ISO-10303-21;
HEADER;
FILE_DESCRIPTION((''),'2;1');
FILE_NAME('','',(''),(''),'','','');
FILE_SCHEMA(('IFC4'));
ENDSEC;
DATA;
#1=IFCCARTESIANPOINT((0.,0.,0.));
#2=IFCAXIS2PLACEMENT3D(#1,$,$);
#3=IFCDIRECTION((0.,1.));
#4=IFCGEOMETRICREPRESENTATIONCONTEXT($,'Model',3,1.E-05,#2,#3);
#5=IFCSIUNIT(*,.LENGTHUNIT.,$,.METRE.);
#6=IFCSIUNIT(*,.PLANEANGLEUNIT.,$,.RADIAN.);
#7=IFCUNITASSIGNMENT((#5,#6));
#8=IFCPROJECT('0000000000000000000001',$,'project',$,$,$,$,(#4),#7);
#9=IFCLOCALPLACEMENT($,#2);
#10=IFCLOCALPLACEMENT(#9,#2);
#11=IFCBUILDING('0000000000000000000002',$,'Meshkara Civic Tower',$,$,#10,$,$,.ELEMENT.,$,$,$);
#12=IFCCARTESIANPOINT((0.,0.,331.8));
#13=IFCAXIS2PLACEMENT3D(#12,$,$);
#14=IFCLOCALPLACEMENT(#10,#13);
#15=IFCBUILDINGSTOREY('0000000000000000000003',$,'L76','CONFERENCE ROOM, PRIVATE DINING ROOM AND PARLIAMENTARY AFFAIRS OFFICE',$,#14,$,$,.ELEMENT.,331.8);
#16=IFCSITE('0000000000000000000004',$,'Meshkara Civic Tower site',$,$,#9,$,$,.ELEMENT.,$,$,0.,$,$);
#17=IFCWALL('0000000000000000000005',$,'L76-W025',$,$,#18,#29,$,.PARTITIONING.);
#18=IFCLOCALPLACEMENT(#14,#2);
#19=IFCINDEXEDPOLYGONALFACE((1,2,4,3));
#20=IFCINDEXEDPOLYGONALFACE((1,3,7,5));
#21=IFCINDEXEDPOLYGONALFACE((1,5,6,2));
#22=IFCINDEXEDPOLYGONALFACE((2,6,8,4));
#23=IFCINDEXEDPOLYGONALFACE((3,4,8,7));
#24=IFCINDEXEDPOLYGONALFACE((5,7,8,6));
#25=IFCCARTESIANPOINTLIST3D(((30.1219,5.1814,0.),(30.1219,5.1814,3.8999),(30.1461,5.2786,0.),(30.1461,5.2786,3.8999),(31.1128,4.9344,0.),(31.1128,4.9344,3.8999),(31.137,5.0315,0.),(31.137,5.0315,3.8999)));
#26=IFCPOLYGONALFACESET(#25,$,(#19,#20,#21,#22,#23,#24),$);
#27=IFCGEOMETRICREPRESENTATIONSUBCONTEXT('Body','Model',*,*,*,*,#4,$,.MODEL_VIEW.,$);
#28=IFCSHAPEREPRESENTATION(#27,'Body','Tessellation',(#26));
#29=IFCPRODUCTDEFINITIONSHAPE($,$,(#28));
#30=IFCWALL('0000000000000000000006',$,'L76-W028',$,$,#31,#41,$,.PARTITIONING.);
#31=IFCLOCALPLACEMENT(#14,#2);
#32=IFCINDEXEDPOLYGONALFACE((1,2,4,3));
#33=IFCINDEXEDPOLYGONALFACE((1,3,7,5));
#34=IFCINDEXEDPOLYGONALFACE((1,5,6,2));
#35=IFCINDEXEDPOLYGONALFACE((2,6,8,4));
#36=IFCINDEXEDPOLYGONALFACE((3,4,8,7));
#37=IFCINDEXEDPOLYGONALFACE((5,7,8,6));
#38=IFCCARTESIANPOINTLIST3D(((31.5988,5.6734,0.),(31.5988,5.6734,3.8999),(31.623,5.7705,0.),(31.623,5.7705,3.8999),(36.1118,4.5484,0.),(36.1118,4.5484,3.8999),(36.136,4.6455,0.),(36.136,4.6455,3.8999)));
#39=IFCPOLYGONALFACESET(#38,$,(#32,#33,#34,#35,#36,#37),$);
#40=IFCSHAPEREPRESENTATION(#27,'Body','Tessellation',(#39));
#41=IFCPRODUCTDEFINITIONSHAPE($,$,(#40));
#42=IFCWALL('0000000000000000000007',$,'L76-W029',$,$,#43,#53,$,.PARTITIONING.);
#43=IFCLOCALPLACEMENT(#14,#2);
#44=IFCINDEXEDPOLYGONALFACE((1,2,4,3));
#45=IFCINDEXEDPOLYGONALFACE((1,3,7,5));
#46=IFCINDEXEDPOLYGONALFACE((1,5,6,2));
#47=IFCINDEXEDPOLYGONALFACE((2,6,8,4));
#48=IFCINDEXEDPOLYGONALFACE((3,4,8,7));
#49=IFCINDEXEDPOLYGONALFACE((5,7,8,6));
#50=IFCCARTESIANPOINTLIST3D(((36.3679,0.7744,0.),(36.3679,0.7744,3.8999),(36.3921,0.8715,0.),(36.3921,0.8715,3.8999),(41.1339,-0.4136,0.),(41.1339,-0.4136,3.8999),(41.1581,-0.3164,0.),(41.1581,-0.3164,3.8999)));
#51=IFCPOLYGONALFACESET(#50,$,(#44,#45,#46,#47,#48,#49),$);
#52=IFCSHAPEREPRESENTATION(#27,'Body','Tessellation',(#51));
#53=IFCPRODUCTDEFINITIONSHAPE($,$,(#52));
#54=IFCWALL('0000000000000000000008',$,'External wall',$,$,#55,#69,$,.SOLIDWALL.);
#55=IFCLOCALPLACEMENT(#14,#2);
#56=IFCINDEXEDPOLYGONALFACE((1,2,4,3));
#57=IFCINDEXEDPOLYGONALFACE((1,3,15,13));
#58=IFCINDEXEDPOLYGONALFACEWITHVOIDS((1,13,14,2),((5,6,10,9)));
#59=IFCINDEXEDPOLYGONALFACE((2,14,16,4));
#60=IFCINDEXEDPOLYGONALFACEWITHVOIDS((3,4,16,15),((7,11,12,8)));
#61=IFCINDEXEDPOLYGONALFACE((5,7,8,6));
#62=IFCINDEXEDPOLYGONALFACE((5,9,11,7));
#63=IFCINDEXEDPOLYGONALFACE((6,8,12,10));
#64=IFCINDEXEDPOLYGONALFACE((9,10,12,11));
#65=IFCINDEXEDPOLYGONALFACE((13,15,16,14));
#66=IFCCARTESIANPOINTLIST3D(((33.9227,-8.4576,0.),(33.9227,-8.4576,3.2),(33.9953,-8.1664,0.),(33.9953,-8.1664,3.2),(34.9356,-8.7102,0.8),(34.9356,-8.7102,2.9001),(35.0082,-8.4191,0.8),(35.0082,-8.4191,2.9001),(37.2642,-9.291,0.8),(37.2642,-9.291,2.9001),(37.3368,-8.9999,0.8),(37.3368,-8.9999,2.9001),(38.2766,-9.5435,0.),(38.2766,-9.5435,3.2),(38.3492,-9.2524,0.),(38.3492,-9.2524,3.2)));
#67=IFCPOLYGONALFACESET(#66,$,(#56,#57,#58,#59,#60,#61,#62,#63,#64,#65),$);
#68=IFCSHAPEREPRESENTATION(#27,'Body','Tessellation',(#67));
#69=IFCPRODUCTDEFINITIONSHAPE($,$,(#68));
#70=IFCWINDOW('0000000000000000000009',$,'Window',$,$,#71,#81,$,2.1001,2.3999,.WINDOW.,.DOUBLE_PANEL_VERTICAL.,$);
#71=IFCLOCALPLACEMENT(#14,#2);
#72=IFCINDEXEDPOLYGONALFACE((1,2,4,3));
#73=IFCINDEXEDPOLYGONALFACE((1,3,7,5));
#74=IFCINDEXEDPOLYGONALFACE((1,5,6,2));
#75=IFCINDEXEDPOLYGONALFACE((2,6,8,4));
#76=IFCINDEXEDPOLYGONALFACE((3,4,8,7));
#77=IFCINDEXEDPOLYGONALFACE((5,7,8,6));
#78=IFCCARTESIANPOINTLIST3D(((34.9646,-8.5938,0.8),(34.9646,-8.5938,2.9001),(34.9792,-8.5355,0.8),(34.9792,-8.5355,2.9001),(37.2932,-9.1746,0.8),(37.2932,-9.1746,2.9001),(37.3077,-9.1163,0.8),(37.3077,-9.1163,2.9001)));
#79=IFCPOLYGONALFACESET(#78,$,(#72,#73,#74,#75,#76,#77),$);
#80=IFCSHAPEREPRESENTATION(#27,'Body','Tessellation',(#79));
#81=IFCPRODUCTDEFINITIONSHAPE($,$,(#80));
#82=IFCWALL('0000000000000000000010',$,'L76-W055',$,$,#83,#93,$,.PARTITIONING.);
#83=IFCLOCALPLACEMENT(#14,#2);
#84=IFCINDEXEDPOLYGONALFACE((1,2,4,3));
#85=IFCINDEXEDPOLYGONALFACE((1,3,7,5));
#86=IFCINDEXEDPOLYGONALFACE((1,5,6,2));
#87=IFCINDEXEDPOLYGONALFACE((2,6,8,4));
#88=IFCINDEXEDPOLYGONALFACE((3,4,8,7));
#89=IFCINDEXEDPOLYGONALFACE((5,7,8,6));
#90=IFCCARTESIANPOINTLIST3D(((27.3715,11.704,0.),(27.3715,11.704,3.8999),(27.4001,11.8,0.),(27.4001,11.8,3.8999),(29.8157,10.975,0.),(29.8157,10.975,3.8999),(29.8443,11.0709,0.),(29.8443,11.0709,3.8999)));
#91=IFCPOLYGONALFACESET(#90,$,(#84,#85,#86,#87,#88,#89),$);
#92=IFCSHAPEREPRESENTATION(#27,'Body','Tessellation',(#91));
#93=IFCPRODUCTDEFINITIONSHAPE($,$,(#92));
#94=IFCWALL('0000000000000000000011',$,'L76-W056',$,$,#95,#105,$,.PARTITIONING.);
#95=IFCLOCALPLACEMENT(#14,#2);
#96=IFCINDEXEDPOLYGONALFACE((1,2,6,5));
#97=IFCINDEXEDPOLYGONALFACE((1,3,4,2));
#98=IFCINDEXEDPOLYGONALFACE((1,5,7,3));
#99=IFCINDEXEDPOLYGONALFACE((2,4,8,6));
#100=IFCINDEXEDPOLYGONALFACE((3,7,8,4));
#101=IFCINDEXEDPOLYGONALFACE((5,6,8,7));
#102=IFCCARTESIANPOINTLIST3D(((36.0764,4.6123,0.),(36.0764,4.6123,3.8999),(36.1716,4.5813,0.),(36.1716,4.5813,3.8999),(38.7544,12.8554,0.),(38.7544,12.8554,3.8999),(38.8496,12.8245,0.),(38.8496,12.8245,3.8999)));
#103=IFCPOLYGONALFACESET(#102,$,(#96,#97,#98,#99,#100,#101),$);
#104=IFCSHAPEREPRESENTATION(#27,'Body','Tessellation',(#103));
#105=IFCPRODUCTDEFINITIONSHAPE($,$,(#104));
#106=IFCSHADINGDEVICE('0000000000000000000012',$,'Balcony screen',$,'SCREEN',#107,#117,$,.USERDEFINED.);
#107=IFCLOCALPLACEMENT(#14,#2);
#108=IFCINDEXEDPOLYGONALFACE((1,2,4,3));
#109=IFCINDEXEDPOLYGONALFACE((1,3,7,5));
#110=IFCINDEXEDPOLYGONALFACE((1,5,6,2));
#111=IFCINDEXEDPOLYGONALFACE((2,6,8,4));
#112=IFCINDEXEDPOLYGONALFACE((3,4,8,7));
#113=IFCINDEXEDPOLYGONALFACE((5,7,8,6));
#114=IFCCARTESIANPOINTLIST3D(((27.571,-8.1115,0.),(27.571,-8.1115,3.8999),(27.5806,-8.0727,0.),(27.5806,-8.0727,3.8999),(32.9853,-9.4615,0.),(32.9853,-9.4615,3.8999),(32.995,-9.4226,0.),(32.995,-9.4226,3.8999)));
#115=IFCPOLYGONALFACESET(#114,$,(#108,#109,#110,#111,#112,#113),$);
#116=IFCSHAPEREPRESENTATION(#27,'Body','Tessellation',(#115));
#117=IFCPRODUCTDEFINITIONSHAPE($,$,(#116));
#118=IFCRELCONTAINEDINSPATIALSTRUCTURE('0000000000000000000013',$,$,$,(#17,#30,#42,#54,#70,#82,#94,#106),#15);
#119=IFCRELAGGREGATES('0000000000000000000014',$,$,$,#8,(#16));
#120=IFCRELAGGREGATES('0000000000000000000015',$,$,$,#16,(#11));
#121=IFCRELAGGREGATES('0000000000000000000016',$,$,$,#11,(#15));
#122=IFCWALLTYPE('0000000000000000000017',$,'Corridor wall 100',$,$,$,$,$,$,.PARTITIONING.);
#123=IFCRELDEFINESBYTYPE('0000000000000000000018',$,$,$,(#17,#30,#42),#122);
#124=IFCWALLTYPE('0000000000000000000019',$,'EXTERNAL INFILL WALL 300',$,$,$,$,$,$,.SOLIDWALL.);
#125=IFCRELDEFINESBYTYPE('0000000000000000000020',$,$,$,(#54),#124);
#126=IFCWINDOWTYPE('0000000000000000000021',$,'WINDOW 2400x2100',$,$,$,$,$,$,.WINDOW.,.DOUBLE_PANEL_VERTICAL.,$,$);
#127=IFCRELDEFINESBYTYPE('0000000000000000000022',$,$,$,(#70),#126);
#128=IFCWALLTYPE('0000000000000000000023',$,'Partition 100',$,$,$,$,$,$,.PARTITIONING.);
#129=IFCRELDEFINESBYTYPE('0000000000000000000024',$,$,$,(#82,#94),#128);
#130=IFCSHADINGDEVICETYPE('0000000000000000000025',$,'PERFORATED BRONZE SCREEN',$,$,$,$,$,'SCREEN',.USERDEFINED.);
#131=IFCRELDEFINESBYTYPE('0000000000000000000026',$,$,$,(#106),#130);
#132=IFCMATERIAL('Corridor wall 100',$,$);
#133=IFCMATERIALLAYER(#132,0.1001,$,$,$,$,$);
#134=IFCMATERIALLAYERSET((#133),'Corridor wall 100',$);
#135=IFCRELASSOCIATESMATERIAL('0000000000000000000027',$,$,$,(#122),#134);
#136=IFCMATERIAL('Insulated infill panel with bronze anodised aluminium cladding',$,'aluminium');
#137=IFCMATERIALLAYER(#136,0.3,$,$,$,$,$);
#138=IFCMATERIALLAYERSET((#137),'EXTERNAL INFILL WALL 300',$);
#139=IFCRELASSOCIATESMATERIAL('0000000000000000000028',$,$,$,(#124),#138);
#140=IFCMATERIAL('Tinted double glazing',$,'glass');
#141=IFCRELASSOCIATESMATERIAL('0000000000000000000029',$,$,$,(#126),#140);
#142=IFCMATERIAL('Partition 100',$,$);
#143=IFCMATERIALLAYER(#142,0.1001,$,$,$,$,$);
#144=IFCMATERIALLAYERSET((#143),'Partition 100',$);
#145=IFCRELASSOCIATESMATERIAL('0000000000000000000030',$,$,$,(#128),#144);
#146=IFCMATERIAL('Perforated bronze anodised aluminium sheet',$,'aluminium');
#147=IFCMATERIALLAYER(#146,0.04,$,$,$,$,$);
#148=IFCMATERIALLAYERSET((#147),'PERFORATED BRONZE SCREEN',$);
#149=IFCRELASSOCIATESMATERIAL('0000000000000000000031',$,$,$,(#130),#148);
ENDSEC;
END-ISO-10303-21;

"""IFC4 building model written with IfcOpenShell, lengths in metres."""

from ifc_helpers import new_model, si_unit, direction, frame, frame_2d, origin, origin_2d, place, context, subcontext, project, spatial, rectangle, extrude, material, layer, layer_set, type_object, element, fill, save


model = new_model("IFC4")

# Units and contexts
model_context = context("Model", 3, precision=1e-05, world=origin(), true_north=direction((0.0, 1.0)))
body_context = subcontext(model_context, "Body", "Model", "MODEL_VIEW")
ifc_project = project(units=[si_unit("LENGTHUNIT", "METRE"), si_unit("PLANEANGLEUNIT", "RADIAN")], contexts=[model_context])

# Site, building, storey
site_placement = place(None, origin())
site = spatial("IfcSite", under=ifc_project, at=site_placement, Name="Meshkara Civic Tower site", CompositionType="ELEMENT", RefElevation=0.0)
building_placement = place(site_placement, origin())
building = spatial("IfcBuilding", under=site, at=building_placement, Name="Meshkara Civic Tower", CompositionType="ELEMENT")
storey_placement = place(building_placement, frame((0.0, 0.0, 331.8)))
storey = spatial("IfcBuildingStorey", under=building, at=storey_placement, Name="L76", Description="CONFERENCE ROOM, PRIVATE DINING ROOM AND PARLIAMENTARY AFFAIRS OFFICE", CompositionType="ELEMENT", Elevation=331.8)

# Shared definitions
ifc_material_1 = material(Name="Corridor wall 100")
ifc_layer_1 = layer(ifc_material_1, 0.1001)
ifc_layer_set_1 = layer_set([ifc_layer_1], Name="Corridor wall 100")
wall_type_1 = type_object("IfcWallType", Name="Corridor wall 100", PredefinedType="PARTITIONING", material=ifc_layer_set_1)

# Walls
wall_1_placement = place(storey_placement, frame((31.125, 4.9829, 0.0), z_axis=(0.0, 0.0, 1.0), x_axis=(-0.970297, 0.241917, 0.0)))
element("IfcWall", 1, at=wall_1_placement, inside=storey, type_object=wall_type_1, Name="L76-W025", PredefinedType="PARTITIONING", context=body_context, shape_type="SweptSolid", body=[
    extrude(rectangle(XDim=1.0212, YDim=0.1001, at=frame_2d((0.5107, 0.0))), origin(), (0.0, 0.0, 1.0), 3.8999),
])
wall_2_placement = place(storey_placement, frame((36.124, 4.5969, 0.0), z_axis=(0.0, 0.0, 1.0), x_axis=(-0.970306, 0.241881, 0.0)))
element("IfcWall", 2, at=wall_2_placement, inside=storey, type_object=wall_type_1, Name="L76-W028", PredefinedType="PARTITIONING", context=body_context, shape_type="SweptSolid", body=[
    extrude(rectangle(XDim=4.6511, YDim=0.1001, at=frame_2d((2.3257, 0.0))), origin(), (0.0, 0.0, 1.0), 3.8999),
])
wall_3_placement = place(storey_placement, frame((36.3799, 0.823, 0.0), z_axis=(0.0, 0.0, 1.0), x_axis=(0.970312, -0.241857, 0.0)))
element("IfcWall", 3, at=wall_3_placement, inside=storey, type_object=wall_type_1, Name="L76-W029", PredefinedType="PARTITIONING", context=body_context, shape_type="SweptSolid", body=[
    extrude(rectangle(XDim=4.9119, YDim=0.1001, at=frame_2d((2.4561, 0.0))), origin(), (0.0, 0.0, 1.0), 3.8999),
])

# Wall, opening, window
ifc_material_2 = material(Name="Insulated infill panel with bronze anodised aluminium cladding", Category="aluminium")
ifc_layer_2 = layer(ifc_material_2, 0.3)
ifc_layer_set_2 = layer_set([ifc_layer_2], Name="EXTERNAL INFILL WALL 300")
wall_type_2 = type_object("IfcWallType", Name="EXTERNAL INFILL WALL 300", PredefinedType="SOLIDWALL", material=ifc_layer_set_2)
wall_4_placement = place(storey_placement, frame((33.959, -8.312, 0.0), z_axis=(0.0, 0.0, 1.0), x_axis=(0.970277, -0.241998, 0.0)))
wall_4 = element("IfcWall", 4, at=wall_4_placement, inside=storey, type_object=wall_type_2, Name="External wall", PredefinedType="SOLIDWALL", context=body_context, shape_type="SweptSolid", body=[
    extrude(rectangle(XDim=4.4873, YDim=0.3, at=frame_2d((2.2437, 0.0))), origin(), (0.0, 0.0, 1.0), 3.2),
])
opening_1_placement = place(wall_4_placement, frame((1.0439, 0.0, 0.8)))
opening_1 = element("IfcOpeningElement", 5, at=opening_1_placement, cuts=wall_4, PredefinedType="OPENING", context=body_context, shape_type="SweptSolid", body=[
    extrude(rectangle(XDim=2.3999, YDim=2.1001, at=frame_2d((1.2, 1.05))), frame((0.0, 0.1599, 0.0), z_axis=(0.0, -1.0, 0.0), x_axis=(1.0, 0.0, 0.0)), (0.0, 0.0, 1.0), 0.3201),
])
ifc_material_3 = material(Name="Tinted double glazing", Category="glass")
window_type = type_object("IfcWindowType", Name="WINDOW 2400x2100", PartitioningType="DOUBLE_PANEL_VERTICAL", PredefinedType="WINDOW", material=ifc_material_3)
window_placement = place(opening_1_placement, origin())
window = element("IfcWindow", 6, at=window_placement, inside=storey, type_object=window_type, Name="Window", OverallHeight=2.1001, OverallWidth=2.3999, PartitioningType="DOUBLE_PANEL_VERTICAL", PredefinedType="WINDOW", context=body_context, shape_type="SweptSolid", body=[
    extrude(rectangle(XDim=2.3999, YDim=2.1001, at=frame_2d((1.2, 1.05))), frame((0.0, 0.03, 0.0), z_axis=(0.0, -1.0, 0.0), x_axis=(1.0, 0.0, 0.0)), (0.0, 0.0, 1.0), 0.0601),
])
fill(opening_1, window)

# Walls
ifc_material_4 = material(Name="Partition 100")
ifc_layer_3 = layer(ifc_material_4, 0.1001)
ifc_layer_set_3 = layer_set([ifc_layer_3], Name="Partition 100")
wall_type_3 = type_object("IfcWallType", Name="Partition 100", PredefinedType="PARTITIONING", material=ifc_layer_set_3)
wall_5_placement = place(storey_placement, frame((29.8301, 11.0229, 0.0), z_axis=(0.0, 0.0, 1.0), x_axis=(-0.958281, 0.285828, 0.0)))
element("IfcWall", 7, at=wall_5_placement, inside=storey, type_object=wall_type_3, Name="L76-W055", PredefinedType="PARTITIONING", context=body_context, shape_type="SweptSolid", body=[
    extrude(rectangle(XDim=2.5505, YDim=0.1001, at=frame_2d((1.2754, 0.0))), origin(), (0.0, 0.0, 1.0), 3.8999),
])
wall_6_placement = place(storey_placement, frame((36.124, 4.5969, 0.0), z_axis=(0.0, 0.0, 1.0), x_axis=(0.308977, 0.95107, 0.0)))
element("IfcWall", 8, at=wall_6_placement, inside=storey, type_object=wall_type_3, Name="L76-W056", PredefinedType="PARTITIONING", context=body_context, shape_type="SweptSolid", body=[
    extrude(rectangle(XDim=8.6672, YDim=0.1001, at=frame_2d((4.3335, 0.0))), origin(), (0.0, 0.0, 1.0), 3.8999),
])

# Shading device
ifc_material_5 = material(Name="Perforated bronze anodised aluminium sheet", Category="aluminium")
ifc_layer_4 = layer(ifc_material_5, 0.04)
ifc_layer_set_4 = layer_set([ifc_layer_4], Name="PERFORATED BRONZE SCREEN")
shading_device_type = type_object("IfcShadingDeviceType", Name="PERFORATED BRONZE SCREEN", ElementType="SCREEN", PredefinedType="USERDEFINED", material=ifc_layer_set_4)
shading_device_placement = place(storey_placement, frame((30.283, -8.7671, 0.0), z_axis=(0.0, 0.0, 1.0), x_axis=(0.970296, -0.241922, 0.0)))
element("IfcShadingDevice", 9, at=shading_device_placement, inside=storey, type_object=shading_device_type, Name="Balcony screen", ObjectType="SCREEN", PredefinedType="USERDEFINED", context=body_context, shape_type="SweptSolid", body=[
    extrude(rectangle(XDim=5.5801, YDim=0.04, at=origin_2d()), origin(), (0.0, 0.0, 1.0), 3.8999),
])

save(model, "model.ifc")
